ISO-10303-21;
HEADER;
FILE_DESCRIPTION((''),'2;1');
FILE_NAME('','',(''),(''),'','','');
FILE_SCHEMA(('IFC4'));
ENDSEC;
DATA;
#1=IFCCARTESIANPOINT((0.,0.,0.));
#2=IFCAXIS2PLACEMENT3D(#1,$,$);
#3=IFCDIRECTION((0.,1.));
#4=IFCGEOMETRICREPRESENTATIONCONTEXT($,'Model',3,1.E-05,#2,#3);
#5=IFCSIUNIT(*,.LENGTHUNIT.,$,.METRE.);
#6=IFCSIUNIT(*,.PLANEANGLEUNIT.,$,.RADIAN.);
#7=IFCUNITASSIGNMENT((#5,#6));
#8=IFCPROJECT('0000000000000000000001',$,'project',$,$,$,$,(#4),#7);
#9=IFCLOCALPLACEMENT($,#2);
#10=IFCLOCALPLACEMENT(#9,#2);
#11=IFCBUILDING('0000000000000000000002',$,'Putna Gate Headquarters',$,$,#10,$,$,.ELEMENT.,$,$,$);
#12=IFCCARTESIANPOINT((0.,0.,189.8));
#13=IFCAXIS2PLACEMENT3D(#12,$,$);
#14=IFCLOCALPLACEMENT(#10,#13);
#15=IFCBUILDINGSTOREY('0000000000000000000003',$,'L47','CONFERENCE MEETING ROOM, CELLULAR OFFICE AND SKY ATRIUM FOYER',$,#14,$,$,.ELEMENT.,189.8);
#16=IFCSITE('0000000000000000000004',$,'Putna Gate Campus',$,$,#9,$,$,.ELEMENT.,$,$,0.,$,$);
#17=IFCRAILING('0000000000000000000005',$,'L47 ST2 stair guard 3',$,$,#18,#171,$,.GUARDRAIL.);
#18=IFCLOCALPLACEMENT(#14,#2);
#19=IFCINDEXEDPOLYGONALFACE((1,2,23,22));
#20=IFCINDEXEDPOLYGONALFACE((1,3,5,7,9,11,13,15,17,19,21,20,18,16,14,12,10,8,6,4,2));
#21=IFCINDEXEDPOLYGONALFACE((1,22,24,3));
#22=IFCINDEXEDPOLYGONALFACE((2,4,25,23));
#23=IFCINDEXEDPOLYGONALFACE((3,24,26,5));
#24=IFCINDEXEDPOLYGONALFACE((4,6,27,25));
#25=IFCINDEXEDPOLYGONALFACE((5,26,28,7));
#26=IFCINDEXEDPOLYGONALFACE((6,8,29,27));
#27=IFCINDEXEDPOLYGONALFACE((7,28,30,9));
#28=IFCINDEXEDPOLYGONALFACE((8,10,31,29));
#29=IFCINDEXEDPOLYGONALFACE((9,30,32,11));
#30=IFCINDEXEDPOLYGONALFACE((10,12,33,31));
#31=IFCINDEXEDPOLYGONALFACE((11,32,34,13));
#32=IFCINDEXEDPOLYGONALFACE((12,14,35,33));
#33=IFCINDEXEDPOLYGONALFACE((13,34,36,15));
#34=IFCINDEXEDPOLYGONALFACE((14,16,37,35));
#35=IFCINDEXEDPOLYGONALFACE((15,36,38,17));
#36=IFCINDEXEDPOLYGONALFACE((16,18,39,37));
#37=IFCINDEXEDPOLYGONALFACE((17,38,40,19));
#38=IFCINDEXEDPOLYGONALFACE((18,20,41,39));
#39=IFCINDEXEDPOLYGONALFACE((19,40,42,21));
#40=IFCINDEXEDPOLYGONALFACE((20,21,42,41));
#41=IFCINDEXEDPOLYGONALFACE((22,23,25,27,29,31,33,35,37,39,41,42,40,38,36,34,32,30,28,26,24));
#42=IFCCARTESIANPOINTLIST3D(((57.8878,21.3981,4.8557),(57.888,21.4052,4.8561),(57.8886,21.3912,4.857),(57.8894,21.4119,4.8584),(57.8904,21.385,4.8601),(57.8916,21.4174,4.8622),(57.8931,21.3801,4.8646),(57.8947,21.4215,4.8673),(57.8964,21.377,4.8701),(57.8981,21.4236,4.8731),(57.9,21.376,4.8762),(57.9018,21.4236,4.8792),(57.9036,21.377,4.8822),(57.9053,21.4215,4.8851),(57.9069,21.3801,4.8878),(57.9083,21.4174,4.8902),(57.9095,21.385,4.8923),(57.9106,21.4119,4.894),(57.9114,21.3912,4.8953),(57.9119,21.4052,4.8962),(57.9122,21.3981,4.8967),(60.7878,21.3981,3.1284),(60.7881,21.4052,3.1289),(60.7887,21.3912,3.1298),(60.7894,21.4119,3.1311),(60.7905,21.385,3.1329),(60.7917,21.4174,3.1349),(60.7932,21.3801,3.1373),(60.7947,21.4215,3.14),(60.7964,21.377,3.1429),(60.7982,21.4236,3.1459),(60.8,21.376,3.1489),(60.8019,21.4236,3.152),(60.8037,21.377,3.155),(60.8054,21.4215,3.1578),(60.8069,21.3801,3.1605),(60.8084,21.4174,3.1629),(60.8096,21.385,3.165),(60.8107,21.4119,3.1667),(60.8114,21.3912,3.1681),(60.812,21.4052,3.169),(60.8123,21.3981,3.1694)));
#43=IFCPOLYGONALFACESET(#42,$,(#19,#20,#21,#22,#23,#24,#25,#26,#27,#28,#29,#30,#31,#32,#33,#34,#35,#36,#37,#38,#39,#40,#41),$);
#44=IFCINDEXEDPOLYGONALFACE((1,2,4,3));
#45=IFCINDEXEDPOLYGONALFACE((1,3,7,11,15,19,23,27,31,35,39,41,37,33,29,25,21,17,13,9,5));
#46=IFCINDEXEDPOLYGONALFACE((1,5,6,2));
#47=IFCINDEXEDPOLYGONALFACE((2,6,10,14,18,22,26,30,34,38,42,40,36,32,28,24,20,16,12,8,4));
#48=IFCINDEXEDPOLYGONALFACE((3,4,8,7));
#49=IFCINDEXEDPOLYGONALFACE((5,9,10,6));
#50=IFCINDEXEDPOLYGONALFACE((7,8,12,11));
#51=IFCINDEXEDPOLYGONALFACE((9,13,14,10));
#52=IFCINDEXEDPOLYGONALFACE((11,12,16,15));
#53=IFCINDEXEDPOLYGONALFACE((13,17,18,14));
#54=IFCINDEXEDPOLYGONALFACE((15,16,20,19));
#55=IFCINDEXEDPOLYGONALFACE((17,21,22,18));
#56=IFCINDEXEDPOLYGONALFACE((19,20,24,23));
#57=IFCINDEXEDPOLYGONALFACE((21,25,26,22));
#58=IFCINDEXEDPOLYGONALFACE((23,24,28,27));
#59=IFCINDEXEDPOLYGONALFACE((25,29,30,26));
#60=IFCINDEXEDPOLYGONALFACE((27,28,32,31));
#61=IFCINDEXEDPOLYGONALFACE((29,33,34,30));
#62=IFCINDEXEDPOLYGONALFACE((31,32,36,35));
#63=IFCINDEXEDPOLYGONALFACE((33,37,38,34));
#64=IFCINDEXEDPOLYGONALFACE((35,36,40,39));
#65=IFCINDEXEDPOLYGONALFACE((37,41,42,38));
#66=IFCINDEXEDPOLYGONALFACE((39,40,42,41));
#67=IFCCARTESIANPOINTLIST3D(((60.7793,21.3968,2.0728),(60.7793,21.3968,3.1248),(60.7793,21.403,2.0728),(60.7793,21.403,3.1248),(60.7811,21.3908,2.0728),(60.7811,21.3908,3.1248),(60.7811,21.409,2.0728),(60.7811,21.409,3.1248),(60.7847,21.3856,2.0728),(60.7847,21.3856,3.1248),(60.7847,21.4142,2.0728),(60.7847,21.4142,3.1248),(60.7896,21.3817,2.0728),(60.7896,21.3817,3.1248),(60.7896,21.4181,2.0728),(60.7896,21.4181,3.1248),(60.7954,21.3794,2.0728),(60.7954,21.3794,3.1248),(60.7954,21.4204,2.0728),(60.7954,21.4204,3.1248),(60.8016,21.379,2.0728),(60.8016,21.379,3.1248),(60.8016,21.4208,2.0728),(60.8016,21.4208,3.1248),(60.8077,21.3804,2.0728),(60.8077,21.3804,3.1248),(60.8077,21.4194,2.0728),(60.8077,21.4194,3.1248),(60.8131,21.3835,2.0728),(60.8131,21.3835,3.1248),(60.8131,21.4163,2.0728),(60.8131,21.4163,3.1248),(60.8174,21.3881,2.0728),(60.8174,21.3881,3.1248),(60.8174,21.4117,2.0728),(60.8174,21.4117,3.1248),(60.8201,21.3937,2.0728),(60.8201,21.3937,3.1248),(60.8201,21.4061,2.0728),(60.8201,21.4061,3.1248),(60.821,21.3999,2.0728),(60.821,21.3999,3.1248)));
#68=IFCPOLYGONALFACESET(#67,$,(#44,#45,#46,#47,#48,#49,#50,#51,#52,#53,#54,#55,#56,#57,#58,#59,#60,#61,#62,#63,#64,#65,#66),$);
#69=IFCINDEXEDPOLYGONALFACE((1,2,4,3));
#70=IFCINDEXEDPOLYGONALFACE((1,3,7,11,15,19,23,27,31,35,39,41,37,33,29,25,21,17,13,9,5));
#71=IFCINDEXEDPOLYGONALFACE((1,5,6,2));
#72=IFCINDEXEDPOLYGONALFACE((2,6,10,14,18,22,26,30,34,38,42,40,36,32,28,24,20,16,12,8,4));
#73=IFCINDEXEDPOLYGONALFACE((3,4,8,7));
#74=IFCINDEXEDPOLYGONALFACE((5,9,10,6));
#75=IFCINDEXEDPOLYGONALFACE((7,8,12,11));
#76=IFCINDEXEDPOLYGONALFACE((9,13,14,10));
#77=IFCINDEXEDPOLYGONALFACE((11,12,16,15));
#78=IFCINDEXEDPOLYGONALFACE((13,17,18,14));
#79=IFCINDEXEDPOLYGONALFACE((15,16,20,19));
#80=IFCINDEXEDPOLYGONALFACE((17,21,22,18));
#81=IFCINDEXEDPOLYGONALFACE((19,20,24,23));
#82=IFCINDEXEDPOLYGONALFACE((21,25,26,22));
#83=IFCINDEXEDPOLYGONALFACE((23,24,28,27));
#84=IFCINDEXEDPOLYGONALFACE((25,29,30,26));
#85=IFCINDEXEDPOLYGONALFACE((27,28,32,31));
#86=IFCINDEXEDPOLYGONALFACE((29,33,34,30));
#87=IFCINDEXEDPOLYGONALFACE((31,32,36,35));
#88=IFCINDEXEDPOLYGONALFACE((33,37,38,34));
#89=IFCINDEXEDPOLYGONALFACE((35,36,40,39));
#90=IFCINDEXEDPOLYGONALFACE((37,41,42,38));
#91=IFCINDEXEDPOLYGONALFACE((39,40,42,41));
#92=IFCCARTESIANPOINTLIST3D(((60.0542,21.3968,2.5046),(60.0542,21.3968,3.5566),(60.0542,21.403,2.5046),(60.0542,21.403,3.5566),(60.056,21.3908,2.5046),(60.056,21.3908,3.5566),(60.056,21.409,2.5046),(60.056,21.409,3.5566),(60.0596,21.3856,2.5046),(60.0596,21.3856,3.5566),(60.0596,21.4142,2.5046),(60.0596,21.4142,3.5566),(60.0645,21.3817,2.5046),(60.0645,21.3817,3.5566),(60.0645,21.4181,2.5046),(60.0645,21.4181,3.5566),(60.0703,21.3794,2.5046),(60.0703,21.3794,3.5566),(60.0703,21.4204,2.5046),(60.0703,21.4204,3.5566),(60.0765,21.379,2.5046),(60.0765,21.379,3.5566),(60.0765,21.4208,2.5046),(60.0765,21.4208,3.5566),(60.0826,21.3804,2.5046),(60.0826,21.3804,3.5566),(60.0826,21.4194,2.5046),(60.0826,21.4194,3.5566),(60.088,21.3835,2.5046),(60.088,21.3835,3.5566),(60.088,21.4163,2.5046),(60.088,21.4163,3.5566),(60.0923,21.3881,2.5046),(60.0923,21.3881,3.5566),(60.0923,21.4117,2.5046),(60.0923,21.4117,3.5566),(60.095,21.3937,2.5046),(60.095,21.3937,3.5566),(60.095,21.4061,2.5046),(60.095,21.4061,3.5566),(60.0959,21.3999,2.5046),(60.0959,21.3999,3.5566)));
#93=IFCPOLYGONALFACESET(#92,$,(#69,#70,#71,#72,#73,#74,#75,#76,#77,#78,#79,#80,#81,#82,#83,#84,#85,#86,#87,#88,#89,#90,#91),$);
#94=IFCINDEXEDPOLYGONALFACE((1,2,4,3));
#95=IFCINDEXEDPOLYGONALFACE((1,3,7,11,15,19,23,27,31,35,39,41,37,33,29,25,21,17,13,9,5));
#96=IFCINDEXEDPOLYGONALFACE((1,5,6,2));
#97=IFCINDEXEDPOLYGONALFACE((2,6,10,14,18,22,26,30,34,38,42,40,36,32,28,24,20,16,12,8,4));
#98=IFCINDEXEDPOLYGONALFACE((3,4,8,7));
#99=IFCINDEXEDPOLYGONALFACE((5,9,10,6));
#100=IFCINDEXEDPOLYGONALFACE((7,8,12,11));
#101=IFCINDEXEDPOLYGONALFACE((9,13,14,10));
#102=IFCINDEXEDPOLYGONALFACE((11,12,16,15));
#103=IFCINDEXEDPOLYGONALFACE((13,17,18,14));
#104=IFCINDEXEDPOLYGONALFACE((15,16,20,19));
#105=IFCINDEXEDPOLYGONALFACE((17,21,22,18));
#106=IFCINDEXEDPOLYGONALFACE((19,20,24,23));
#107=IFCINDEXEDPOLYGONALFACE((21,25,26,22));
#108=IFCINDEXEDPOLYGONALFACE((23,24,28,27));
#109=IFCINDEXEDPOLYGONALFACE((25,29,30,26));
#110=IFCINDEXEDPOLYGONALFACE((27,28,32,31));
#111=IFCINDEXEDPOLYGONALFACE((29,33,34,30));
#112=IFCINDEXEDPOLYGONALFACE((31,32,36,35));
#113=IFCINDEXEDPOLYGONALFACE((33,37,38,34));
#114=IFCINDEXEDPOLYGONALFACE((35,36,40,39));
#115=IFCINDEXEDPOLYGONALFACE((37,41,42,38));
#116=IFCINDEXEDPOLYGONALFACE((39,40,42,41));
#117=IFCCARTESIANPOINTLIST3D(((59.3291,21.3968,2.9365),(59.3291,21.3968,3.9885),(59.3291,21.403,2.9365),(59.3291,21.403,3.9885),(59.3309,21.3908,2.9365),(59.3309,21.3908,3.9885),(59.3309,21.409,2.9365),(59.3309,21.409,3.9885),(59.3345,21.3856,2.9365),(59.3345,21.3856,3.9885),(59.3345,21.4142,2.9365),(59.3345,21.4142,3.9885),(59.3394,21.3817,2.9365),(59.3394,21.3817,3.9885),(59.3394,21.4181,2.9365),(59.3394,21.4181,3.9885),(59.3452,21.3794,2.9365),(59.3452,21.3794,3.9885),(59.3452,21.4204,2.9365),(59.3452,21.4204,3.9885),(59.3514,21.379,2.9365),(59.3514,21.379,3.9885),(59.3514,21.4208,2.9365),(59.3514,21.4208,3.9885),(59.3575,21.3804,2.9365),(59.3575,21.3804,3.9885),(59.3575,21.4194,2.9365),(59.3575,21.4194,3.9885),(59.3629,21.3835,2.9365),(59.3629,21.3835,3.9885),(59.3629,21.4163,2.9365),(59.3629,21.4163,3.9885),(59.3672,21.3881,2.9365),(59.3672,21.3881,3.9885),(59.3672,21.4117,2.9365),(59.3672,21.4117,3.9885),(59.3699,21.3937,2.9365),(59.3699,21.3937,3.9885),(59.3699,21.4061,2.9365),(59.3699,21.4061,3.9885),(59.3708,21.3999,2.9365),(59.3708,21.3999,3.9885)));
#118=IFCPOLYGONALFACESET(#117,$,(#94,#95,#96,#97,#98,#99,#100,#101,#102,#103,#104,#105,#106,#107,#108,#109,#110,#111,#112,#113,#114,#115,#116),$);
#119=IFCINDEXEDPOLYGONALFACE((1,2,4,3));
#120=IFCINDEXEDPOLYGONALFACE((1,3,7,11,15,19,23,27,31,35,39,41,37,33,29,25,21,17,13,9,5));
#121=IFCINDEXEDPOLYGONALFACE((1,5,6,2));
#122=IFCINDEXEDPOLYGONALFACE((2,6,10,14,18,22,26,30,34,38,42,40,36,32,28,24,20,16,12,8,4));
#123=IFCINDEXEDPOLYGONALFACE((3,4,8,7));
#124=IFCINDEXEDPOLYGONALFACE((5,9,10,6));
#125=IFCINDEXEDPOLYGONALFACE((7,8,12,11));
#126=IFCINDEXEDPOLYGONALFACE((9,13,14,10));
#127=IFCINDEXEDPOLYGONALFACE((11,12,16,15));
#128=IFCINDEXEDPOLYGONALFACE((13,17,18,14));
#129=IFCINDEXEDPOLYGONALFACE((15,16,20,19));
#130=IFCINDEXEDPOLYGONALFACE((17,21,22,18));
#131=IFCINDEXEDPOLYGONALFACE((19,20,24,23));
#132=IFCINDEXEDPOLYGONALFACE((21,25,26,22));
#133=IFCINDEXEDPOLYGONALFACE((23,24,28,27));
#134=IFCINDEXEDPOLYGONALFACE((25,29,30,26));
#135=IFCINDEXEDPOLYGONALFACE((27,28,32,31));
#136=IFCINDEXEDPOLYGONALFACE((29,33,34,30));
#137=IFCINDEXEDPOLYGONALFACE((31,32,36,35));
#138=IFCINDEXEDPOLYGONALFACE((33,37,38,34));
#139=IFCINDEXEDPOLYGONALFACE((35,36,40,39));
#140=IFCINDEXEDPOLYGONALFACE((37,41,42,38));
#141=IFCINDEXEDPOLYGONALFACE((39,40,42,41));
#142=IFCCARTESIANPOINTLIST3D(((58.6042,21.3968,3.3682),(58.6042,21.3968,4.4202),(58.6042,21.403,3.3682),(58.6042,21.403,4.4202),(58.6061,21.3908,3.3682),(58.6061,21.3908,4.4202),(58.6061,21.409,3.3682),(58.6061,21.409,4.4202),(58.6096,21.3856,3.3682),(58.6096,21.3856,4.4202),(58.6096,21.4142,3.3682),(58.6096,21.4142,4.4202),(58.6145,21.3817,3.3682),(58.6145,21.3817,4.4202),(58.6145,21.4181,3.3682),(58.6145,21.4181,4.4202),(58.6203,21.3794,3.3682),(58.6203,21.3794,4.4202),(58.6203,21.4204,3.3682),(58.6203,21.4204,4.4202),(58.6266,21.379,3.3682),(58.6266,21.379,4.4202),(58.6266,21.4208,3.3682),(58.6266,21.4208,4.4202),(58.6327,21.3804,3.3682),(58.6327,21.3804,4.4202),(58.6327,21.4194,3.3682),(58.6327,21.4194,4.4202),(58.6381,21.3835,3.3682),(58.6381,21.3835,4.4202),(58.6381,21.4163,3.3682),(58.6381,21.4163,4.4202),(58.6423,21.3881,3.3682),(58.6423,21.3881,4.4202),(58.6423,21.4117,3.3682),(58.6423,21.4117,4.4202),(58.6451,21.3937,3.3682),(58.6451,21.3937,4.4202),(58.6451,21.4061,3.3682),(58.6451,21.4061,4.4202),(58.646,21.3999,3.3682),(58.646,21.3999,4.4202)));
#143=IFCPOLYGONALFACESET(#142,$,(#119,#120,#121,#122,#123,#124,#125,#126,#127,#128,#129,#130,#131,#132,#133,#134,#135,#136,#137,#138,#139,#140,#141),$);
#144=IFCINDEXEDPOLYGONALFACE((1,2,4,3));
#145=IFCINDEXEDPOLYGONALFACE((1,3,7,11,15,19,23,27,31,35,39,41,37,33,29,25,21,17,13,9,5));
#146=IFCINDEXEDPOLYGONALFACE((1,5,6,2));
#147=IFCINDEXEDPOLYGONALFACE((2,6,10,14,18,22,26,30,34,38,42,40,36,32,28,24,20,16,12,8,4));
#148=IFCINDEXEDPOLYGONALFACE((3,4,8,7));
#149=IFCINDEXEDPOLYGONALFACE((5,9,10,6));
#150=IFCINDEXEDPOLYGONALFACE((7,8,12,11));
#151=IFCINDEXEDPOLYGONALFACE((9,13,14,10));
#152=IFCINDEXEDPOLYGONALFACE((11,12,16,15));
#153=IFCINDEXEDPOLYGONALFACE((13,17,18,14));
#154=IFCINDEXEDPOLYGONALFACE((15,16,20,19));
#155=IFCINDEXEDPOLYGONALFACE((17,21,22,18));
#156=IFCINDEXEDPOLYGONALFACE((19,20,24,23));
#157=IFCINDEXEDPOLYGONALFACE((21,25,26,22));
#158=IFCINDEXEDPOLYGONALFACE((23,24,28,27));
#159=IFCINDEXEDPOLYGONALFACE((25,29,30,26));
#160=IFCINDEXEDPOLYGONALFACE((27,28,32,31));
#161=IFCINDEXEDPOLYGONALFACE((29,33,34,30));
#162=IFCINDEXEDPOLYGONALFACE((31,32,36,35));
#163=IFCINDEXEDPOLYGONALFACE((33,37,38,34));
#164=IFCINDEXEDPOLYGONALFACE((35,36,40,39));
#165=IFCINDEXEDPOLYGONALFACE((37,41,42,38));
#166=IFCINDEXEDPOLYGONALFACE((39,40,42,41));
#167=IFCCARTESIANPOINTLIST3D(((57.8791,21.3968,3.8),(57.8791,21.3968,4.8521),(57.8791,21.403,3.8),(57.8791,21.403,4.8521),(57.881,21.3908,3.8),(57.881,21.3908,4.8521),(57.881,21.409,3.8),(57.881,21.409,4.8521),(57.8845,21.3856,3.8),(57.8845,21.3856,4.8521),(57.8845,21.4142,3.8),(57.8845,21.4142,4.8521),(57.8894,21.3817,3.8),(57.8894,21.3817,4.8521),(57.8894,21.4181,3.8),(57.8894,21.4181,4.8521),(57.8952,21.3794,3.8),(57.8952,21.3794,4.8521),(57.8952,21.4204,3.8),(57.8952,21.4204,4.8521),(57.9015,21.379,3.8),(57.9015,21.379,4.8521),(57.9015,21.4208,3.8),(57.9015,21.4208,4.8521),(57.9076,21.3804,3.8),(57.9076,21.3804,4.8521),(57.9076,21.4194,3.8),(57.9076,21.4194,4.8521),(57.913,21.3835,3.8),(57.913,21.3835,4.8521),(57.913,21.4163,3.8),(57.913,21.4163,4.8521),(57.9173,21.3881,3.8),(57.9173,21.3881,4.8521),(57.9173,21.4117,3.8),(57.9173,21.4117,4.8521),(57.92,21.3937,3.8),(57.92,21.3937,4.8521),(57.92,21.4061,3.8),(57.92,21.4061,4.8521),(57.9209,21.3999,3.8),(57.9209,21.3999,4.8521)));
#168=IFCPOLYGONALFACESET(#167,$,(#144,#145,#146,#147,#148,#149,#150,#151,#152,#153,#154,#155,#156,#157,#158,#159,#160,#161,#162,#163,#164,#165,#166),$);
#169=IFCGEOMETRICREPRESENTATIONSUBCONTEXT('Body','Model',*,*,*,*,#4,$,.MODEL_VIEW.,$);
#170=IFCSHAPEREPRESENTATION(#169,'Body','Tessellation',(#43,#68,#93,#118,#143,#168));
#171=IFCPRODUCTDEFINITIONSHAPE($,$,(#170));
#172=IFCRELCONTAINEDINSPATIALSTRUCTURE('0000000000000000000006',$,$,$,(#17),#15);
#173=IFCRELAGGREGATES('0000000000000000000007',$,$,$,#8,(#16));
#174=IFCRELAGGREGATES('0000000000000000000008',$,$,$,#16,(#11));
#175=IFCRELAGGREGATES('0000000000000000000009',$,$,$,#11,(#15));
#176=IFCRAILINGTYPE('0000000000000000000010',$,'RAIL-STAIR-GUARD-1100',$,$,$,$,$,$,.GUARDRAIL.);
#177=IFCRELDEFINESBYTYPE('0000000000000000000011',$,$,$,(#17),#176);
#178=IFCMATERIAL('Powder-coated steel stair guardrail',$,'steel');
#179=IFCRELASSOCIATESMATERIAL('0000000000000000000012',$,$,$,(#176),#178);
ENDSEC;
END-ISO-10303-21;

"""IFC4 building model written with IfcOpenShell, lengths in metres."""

from ifc_helpers import new_model, si_unit, direction, frame, origin, origin_2d, place, context, subcontext, project, spatial, circle, extrude, material, type_object, element, save


model = new_model("IFC4")

# Units and contexts
model_context = context("Model", 3, precision=1e-05, world=origin(), true_north=direction((0.0, 1.0)))
body_context = subcontext(model_context, "Body", "Model", "MODEL_VIEW")
ifc_project = project(units=[si_unit("LENGTHUNIT", "METRE"), si_unit("PLANEANGLEUNIT", "RADIAN")], contexts=[model_context])

# Site, building, storey
site_placement = place(None, origin())
site = spatial("IfcSite", under=ifc_project, at=site_placement, Name="Putna Gate Campus", CompositionType="ELEMENT", RefElevation=0.0)
building_placement = place(site_placement, origin())
building = spatial("IfcBuilding", under=site, at=building_placement, Name="Putna Gate Headquarters", CompositionType="ELEMENT")
storey_placement = place(building_placement, frame((0.0, 0.0, 189.8)))
storey = spatial("IfcBuildingStorey", under=building, at=storey_placement, Name="L47", Description="CONFERENCE MEETING ROOM, CELLULAR OFFICE AND SKY ATRIUM FOYER", CompositionType="ELEMENT", Elevation=189.8)

# Railing
ifc_material_1 = material(Name="Powder-coated steel stair guardrail", Category="steel")
railing_type_1 = type_object("IfcRailingType", Name="RAIL-STAIR-GUARD-1100", PredefinedType="GUARDRAIL", material=ifc_material_1)
railing_1_placement = place(storey_placement, frame((60.8, 21.3999, 2.0728)))
element("IfcRailing", 1, at=railing_1_placement, inside=storey, type_object=railing_type_1, Name="L47 ST2 stair guard 3", PredefinedType="GUARDRAIL", context=body_context, shape_type="SweptSolid", body=[
    extrude(circle(Radius=0.0239, at=origin_2d()), frame((0.0, 0.0, 1.0762), z_axis=(-0.85916, 0.0, 0.511706), x_axis=(0.0, -1.0, 0.0)), (0.0, 0.0, 1.0), 3.3755),
    extrude(circle(Radius=0.021, at=origin_2d()), origin(), (0.0, 0.0, 1.0), 1.052),
    extrude(circle(Radius=0.021, at=origin_2d()), frame((-0.7251, 0.0, 0.4319)), (0.0, 0.0, 1.0), 1.052),
    extrude(circle(Radius=0.021, at=origin_2d()), frame((-1.4502, 0.0, 0.8638)), (0.0, 0.0, 1.0), 1.052),
    extrude(circle(Radius=0.021, at=origin_2d()), frame((-2.175, 0.0, 1.2954)), (0.0, 0.0, 1.0), 1.052),
    extrude(circle(Radius=0.021, at=origin_2d()), frame((-2.9001, 0.0, 1.7273)), (0.0, 0.0, 1.0), 1.052),
])

save(model, "model.ifc")
